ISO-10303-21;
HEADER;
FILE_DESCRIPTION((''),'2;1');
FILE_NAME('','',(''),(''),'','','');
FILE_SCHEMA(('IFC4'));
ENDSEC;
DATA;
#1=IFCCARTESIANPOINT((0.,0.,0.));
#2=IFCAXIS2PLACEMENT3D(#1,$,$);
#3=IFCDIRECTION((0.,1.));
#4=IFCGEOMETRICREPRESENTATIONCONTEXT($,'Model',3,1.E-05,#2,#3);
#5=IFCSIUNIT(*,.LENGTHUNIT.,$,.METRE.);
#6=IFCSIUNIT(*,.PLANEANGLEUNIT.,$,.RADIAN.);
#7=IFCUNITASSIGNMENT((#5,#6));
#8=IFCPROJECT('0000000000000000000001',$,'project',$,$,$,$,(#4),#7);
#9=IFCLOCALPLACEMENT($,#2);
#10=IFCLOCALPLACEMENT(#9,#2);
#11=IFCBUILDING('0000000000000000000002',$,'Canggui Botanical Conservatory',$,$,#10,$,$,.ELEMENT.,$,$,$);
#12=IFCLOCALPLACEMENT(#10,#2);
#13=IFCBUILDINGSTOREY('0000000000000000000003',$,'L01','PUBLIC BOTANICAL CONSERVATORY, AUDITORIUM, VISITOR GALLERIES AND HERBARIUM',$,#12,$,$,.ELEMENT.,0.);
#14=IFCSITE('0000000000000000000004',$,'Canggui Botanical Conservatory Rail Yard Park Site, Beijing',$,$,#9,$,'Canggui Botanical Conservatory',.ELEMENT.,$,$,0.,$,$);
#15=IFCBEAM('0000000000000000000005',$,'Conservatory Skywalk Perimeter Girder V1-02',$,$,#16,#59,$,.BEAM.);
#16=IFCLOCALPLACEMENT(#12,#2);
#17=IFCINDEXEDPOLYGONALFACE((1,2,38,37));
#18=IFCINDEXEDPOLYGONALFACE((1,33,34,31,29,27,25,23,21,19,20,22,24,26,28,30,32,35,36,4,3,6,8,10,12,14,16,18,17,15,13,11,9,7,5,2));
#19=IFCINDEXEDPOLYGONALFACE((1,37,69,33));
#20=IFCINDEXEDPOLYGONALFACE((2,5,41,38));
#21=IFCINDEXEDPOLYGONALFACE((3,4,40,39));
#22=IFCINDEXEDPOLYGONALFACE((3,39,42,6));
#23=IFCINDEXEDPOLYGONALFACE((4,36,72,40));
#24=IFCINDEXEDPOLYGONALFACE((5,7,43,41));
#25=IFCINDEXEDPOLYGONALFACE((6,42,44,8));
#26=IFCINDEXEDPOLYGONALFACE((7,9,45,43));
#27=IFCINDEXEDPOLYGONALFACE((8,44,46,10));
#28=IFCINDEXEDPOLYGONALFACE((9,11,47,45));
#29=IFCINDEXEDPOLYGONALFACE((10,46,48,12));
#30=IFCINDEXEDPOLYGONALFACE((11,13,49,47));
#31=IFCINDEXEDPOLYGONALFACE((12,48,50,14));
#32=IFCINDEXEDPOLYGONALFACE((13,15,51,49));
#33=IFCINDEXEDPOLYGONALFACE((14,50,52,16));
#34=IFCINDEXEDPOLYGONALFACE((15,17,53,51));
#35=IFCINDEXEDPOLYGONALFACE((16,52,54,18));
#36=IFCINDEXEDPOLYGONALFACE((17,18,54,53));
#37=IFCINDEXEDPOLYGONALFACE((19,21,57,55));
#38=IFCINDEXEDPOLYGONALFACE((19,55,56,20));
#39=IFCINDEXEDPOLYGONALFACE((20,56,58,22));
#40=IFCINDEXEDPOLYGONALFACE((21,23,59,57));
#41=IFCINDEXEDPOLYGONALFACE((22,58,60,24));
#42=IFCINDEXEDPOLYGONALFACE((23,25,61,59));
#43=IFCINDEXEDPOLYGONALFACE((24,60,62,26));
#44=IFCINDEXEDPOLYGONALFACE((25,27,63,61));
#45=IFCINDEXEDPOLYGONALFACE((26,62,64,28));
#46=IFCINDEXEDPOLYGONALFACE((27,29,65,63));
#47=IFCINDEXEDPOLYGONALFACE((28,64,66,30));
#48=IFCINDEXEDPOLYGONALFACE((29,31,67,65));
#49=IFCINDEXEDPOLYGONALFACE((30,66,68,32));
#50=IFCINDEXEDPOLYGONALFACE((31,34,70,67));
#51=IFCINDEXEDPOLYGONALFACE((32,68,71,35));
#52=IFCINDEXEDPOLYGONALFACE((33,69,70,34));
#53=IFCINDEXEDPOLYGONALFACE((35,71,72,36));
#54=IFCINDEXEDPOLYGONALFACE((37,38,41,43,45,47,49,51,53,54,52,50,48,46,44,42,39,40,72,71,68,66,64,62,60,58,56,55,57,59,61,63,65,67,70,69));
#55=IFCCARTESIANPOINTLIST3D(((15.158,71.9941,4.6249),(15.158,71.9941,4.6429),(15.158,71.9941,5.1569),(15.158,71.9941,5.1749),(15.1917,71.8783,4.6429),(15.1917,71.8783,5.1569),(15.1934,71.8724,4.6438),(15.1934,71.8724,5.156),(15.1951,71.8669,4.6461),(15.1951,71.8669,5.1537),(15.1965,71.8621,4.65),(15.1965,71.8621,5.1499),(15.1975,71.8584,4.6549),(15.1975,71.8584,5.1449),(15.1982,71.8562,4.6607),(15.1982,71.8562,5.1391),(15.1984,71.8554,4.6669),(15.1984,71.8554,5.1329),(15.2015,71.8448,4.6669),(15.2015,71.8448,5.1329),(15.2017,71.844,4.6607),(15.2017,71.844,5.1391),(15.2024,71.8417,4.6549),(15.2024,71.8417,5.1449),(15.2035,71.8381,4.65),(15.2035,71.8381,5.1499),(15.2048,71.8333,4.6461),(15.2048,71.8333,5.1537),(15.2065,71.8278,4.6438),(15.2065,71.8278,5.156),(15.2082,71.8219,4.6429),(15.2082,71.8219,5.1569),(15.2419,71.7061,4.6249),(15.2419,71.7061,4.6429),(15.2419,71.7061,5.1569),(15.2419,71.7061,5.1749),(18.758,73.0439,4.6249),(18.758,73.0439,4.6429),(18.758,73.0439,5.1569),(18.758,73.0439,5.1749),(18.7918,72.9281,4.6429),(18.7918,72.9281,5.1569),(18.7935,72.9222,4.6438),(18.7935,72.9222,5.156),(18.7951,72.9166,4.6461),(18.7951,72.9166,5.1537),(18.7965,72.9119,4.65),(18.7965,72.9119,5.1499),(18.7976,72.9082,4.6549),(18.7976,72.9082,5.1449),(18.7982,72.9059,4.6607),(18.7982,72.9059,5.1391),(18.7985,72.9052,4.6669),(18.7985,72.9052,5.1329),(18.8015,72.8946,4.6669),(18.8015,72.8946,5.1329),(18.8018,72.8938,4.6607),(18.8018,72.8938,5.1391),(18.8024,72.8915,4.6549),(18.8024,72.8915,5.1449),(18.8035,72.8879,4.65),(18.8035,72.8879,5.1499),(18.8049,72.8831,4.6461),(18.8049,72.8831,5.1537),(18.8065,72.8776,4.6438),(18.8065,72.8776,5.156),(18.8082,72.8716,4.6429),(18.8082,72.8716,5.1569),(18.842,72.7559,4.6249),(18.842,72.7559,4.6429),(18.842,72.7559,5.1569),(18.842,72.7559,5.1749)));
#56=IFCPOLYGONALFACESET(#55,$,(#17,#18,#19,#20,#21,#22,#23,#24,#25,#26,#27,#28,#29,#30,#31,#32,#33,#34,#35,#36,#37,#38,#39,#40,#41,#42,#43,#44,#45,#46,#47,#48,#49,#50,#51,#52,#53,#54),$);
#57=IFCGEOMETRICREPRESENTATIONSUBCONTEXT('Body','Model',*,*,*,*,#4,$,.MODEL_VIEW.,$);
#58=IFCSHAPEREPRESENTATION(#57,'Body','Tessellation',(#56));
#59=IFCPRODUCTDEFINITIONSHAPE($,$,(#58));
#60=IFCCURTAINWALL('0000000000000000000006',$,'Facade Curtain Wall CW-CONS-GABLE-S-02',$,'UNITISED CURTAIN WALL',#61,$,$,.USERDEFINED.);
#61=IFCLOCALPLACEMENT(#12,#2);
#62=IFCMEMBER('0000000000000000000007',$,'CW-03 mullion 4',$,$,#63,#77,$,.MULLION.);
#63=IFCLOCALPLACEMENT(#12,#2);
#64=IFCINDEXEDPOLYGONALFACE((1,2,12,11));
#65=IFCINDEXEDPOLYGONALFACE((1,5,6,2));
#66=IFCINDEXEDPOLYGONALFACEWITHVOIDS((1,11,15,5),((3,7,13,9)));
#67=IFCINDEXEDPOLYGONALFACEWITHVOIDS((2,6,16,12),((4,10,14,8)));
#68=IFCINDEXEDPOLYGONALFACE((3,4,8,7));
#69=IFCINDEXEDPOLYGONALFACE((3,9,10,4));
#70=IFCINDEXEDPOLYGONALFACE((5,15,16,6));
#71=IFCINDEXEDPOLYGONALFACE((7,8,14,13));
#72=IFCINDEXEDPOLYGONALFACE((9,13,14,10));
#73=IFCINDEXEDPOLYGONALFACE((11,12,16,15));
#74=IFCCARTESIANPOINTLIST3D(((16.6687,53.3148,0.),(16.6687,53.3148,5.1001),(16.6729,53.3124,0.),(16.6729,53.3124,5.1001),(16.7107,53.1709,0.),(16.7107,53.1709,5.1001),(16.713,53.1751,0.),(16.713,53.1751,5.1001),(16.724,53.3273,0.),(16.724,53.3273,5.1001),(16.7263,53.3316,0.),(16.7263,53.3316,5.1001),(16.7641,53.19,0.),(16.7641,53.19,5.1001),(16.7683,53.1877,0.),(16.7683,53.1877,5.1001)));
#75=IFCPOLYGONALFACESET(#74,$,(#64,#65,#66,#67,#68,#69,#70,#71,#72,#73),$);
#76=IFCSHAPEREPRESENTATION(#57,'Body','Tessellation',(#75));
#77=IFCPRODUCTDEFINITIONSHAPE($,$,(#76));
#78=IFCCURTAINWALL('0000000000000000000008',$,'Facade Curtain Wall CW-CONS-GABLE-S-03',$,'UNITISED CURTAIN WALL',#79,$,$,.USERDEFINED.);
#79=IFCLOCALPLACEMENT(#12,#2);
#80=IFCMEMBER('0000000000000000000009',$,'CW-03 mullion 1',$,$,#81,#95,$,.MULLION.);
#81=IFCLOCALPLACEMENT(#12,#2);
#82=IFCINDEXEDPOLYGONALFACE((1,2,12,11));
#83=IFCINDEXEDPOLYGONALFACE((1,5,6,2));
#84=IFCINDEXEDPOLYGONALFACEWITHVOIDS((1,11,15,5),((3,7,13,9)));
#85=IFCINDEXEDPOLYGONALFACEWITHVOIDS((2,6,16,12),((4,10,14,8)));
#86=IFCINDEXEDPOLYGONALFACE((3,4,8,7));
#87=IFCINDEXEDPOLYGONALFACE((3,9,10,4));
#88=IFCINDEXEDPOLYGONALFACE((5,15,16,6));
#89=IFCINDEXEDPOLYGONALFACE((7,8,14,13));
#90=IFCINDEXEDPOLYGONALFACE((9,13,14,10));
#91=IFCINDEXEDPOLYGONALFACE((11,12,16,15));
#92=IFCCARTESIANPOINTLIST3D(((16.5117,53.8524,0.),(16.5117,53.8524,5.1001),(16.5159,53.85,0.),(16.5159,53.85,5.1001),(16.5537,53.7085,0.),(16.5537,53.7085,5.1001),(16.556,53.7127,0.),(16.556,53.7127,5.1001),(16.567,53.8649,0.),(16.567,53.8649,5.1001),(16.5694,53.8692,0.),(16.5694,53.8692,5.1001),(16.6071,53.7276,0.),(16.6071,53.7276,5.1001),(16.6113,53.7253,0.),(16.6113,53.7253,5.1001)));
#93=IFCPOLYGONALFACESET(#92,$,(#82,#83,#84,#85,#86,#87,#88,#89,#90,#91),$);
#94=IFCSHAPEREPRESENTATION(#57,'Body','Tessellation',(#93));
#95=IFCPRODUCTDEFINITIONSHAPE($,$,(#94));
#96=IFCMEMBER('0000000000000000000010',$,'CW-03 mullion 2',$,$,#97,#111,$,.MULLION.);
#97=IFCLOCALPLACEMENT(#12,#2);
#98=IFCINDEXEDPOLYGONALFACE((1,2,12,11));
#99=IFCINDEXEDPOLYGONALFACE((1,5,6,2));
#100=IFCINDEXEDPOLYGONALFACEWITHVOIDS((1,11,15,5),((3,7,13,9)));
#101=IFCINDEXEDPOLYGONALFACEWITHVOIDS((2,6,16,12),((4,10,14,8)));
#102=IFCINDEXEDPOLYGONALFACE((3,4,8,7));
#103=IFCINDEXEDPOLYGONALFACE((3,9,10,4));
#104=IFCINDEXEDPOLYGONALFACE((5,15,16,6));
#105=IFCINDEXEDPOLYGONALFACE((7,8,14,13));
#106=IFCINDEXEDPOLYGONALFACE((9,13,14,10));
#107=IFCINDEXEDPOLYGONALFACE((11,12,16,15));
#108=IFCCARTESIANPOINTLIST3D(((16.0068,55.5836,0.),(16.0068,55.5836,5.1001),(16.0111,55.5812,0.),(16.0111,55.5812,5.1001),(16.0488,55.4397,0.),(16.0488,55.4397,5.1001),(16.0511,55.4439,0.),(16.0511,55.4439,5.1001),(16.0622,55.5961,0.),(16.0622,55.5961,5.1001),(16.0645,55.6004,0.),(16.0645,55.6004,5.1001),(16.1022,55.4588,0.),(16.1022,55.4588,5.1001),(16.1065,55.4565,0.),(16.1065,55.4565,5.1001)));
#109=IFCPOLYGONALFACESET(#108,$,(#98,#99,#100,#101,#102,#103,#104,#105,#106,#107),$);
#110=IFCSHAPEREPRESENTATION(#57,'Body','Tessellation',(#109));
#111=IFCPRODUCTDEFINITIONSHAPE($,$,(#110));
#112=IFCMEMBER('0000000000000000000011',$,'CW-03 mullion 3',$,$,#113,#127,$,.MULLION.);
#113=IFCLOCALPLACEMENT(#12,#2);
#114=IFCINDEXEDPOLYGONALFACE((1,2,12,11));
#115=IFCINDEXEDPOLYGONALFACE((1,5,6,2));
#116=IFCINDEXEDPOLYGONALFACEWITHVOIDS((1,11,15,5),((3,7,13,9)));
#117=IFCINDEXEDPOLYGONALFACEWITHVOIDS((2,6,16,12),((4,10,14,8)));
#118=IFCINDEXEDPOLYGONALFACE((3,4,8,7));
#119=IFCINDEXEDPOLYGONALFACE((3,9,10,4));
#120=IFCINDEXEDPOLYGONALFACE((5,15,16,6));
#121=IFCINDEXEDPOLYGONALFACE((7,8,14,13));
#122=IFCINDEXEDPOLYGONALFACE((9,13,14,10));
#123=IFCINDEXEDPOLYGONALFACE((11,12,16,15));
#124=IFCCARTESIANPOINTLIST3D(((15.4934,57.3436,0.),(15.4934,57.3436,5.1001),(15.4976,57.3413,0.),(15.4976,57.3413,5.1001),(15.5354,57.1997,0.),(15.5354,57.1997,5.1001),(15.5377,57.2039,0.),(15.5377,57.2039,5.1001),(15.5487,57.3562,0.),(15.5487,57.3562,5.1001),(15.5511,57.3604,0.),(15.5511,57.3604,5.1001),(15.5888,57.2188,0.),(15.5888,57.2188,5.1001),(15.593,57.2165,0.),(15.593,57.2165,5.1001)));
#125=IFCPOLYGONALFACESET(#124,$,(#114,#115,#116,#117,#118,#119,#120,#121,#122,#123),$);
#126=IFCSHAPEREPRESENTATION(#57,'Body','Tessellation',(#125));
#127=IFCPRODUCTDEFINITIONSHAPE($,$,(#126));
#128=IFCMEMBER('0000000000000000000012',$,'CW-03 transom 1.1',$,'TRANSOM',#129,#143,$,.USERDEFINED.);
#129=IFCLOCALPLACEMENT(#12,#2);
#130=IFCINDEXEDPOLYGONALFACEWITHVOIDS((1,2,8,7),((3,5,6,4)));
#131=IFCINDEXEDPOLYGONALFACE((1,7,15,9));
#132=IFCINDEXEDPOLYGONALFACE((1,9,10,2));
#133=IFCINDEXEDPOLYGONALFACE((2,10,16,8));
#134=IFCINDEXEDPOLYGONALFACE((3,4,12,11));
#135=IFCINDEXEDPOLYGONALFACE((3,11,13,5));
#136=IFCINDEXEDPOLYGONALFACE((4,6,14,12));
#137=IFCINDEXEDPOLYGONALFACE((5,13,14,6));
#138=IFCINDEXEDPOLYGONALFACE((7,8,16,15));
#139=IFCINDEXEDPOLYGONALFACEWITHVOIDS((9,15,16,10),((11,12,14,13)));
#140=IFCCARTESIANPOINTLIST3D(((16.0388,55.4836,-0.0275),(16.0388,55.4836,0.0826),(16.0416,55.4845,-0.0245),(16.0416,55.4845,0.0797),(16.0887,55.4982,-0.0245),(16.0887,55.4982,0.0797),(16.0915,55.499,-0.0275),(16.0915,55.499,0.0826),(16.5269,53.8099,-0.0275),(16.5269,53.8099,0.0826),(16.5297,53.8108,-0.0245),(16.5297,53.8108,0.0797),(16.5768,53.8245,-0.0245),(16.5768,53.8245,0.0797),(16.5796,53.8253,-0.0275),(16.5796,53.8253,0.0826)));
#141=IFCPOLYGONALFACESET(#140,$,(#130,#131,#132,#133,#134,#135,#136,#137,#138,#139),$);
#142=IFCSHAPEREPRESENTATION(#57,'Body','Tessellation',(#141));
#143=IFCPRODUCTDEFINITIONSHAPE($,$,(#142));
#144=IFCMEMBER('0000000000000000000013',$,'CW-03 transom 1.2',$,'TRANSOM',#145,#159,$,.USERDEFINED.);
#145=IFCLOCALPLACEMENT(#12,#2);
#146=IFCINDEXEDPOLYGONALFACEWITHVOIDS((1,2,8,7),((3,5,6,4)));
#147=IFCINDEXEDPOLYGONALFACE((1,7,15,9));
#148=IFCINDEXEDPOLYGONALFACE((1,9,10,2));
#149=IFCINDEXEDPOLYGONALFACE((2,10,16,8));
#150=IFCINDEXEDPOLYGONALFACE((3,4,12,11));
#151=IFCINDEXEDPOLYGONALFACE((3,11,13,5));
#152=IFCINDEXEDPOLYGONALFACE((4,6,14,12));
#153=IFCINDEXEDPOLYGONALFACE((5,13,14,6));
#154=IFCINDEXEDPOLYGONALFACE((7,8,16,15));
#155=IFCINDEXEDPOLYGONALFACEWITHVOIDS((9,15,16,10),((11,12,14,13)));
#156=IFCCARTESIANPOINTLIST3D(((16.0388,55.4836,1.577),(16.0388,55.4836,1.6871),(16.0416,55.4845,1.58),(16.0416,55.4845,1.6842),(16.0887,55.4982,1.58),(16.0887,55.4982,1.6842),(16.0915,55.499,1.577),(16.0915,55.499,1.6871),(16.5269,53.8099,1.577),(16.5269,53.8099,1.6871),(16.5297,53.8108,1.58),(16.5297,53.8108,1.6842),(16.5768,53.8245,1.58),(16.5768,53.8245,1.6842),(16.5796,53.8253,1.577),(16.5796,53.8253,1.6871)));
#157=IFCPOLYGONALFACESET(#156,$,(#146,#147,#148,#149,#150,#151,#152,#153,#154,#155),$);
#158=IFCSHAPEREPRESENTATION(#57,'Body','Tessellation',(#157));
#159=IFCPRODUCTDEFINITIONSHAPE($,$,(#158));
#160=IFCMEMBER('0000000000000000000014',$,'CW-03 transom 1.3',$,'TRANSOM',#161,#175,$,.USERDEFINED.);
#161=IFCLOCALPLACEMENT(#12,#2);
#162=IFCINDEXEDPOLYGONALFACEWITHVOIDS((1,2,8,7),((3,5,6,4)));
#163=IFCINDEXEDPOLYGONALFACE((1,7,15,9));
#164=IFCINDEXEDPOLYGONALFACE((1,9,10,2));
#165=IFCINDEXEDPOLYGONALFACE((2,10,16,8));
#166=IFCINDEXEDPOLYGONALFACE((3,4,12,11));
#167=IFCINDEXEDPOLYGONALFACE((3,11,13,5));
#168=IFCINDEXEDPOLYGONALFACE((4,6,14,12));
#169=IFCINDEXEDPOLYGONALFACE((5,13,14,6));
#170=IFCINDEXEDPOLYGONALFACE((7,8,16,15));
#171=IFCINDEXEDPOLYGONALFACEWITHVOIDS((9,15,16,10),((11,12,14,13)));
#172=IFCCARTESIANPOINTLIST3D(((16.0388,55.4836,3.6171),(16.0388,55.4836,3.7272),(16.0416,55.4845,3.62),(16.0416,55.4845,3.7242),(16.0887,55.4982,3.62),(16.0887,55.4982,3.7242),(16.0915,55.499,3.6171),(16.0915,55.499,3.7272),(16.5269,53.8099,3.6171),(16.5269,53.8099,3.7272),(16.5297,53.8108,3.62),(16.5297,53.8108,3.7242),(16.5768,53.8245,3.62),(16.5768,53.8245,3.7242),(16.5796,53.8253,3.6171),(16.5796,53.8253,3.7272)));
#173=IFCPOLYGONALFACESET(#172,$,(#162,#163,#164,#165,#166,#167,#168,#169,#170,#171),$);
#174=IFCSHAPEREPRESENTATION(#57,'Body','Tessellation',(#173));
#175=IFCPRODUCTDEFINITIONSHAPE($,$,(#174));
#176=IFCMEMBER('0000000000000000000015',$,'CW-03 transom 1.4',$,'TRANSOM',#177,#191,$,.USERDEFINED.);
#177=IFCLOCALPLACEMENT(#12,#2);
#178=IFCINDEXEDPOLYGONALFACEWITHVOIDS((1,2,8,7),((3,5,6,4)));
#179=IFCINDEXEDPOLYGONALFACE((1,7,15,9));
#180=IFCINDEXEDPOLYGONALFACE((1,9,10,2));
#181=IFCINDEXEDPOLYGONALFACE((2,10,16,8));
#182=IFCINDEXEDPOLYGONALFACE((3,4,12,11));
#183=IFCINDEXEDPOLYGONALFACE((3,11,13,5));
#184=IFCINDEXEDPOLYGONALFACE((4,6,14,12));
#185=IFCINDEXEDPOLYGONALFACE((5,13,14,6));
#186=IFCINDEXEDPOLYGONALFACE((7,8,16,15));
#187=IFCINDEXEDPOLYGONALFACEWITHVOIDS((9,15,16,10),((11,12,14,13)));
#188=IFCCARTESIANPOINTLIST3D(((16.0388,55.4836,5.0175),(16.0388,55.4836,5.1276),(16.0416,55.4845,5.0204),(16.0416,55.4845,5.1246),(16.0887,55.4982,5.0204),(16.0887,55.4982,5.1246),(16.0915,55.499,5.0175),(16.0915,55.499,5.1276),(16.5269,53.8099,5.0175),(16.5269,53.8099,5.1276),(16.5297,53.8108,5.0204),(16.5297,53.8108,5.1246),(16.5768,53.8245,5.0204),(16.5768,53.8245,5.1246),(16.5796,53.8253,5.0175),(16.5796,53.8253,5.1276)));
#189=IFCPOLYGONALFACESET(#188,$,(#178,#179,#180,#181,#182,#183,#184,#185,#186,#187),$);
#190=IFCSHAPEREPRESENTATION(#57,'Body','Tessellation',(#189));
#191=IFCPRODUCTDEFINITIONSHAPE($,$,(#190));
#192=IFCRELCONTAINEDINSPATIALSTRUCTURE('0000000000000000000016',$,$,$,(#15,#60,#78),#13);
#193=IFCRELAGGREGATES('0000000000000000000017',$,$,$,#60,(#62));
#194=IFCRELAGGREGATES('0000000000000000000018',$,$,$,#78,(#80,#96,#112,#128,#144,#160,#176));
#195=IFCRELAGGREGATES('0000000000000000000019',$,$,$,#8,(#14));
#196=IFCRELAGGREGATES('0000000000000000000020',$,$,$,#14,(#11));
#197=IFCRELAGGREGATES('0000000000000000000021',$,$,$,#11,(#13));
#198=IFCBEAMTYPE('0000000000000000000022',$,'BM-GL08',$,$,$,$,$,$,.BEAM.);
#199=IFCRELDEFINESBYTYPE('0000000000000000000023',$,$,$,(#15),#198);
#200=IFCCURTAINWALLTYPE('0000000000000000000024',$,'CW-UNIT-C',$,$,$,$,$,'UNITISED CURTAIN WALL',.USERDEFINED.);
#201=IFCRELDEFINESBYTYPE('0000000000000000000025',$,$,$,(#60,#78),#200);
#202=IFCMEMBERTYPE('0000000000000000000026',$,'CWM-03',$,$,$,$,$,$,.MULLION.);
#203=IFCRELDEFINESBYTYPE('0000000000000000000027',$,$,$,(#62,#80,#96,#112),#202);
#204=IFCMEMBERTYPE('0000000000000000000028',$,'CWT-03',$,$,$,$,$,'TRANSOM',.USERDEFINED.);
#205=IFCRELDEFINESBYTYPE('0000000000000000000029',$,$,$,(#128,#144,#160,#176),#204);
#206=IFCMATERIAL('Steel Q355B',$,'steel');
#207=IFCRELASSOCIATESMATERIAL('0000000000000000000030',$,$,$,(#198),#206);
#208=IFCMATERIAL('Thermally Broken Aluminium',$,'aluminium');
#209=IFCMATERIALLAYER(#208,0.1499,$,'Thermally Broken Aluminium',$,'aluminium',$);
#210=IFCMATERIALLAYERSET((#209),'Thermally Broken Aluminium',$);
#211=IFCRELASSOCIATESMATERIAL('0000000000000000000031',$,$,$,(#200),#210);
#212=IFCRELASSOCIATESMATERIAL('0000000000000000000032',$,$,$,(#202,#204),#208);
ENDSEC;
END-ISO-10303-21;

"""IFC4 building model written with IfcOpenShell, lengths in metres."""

from ifc_helpers import new_model, si_unit, direction, frame, origin, origin_2d, place, context, subcontext, project, spatial, hollow_rectangle, i_section, extrude, material, layer, layer_set, material_profile, profile_set, type_object, element, aggregate, save


model = new_model("IFC4")

# Units and contexts
model_context = context("Model", 3, precision=1e-05, world=origin(), true_north=direction((0.0, 1.0)))
body_context = subcontext(model_context, "Body", "Model", "MODEL_VIEW")
ifc_project = project(units=[si_unit("LENGTHUNIT", "METRE"), si_unit("PLANEANGLEUNIT", "RADIAN")], contexts=[model_context])

# Site, building, storey
site_placement = place(None, origin())
site = spatial("IfcSite", under=ifc_project, at=site_placement, Name="Canggui Botanical Conservatory Rail Yard Park Site, Beijing", LongName="Canggui Botanical Conservatory", CompositionType="ELEMENT", RefElevation=0.0)
building_placement = place(site_placement, origin())
building = spatial("IfcBuilding", under=site, at=building_placement, Name="Canggui Botanical Conservatory", CompositionType="ELEMENT")
storey_placement = place(building_placement, origin())
storey = spatial("IfcBuildingStorey", under=building, at=storey_placement, Name="L01", Description="PUBLIC BOTANICAL CONSERVATORY, AUDITORIUM, VISITOR GALLERIES AND HERBARIUM", CompositionType="ELEMENT", Elevation=0.0)

# Beam
ifc_material_1 = material(Name="Steel Q355B", Category="steel")
ifc_material_profile_1 = material_profile(ifc_material_1, i_section(OverallWidth=0.3, OverallDepth=0.55, WebThickness=0.011, FlangeThickness=0.0181, FilletRadius=0.0239, at=origin_2d()), Name="HM 550x300x11x18")
ifc_profile_set_1 = profile_set([ifc_material_profile_1], Name="Steel Q355B")
beam_type = type_object("IfcBeamType", Name="BM-GL08", PredefinedType="BEAM", material=ifc_profile_set_1)
beam_placement = place(storey_placement, frame((15.2, 71.8501, 4.8999), z_axis=(0.960016, 0.279945, 0.0), x_axis=(-0.279945, 0.960016, 0.0)))
element("IfcBeam", 1, at=beam_placement, inside=storey, type_object=beam_type, Name="Conservatory Skywalk Perimeter Girder V1-02", PredefinedType="BEAM", context=body_context, shape_type="SweptSolid", body=[
    extrude(i_section(OverallWidth=0.3, OverallDepth=0.55, WebThickness=0.011, FlangeThickness=0.0181, FilletRadius=0.0239, at=origin_2d()), origin(), (0.0, 0.0, 1.0), 3.75),
])

# Curtain wall, member
ifc_material_2 = material(Name="Thermally Broken Aluminium", Category="aluminium")
ifc_layer_1 = layer(ifc_material_2, 0.1499, Name="Thermally Broken Aluminium", Category="aluminium")
ifc_layer_set_1 = layer_set([ifc_layer_1], Name="Thermally Broken Aluminium")
curtain_wall_type = type_object("IfcCurtainWallType", Name="CW-UNIT-C", ElementType="UNITISED CURTAIN WALL", PredefinedType="USERDEFINED", material=ifc_layer_set_1)
curtain_wall_1_placement = place(storey_placement, origin())
curtain_wall_1 = element("IfcCurtainWall", 2, at=curtain_wall_1_placement, inside=storey, type_object=curtain_wall_type, Name="Facade Curtain Wall CW-CONS-GABLE-S-02", ObjectType="UNITISED CURTAIN WALL", PredefinedType="USERDEFINED")
ifc_material_profile_2 = material_profile(ifc_material_2, hollow_rectangle(XDim=0.0601, YDim=0.1499, WallThickness=0.0034, at=origin_2d()), Name="CWM 60x150x3.5")
ifc_profile_set_2 = profile_set([ifc_material_profile_2], Name="Thermally Broken Aluminium")
member_type_1 = type_object("IfcMemberType", Name="CWM-03", PredefinedType="MULLION", material=ifc_profile_set_2)
member_1_placement = place(storey_placement, frame((16.7185, 53.2512, 0.0), z_axis=(0.0, 0.0, 1.0), x_axis=(-0.96, -0.28, 0.0)))
member_1 = element("IfcMember", 3, at=member_1_placement, type_object=member_type_1, Name="CW-03 mullion 4", PredefinedType="MULLION", context=body_context, shape_type="SweptSolid", body=[
    extrude(hollow_rectangle(XDim=0.0601, YDim=0.1499, WallThickness=0.0034, at=origin_2d()), origin(), (0.0, 0.0, 1.0), 5.1001),
])
aggregate(curtain_wall_1, [member_1])

# Curtain wall, members
curtain_wall_2_placement = place(storey_placement, origin())
curtain_wall_2 = element("IfcCurtainWall", 4, at=curtain_wall_2_placement, inside=storey, type_object=curtain_wall_type, Name="Facade Curtain Wall CW-CONS-GABLE-S-03", ObjectType="UNITISED CURTAIN WALL", PredefinedType="USERDEFINED")
member_2_placement = place(storey_placement, frame((16.5615, 53.7888, 0.0), z_axis=(0.0, 0.0, 1.0), x_axis=(-0.96, -0.28, 0.0)))
member_2 = element("IfcMember", 5, at=member_2_placement, type_object=member_type_1, Name="CW-03 mullion 1", PredefinedType="MULLION", context=body_context, shape_type="SweptSolid", body=[
    extrude(hollow_rectangle(XDim=0.0601, YDim=0.1499, WallThickness=0.0034, at=origin_2d()), origin(), (0.0, 0.0, 1.0), 5.1001),
])
member_3_placement = place(storey_placement, frame((16.0566, 55.52, 0.0), z_axis=(0.0, 0.0, 1.0), x_axis=(-0.96, -0.28, 0.0)))
member_3 = element("IfcMember", 6, at=member_3_placement, type_object=member_type_1, Name="CW-03 mullion 2", PredefinedType="MULLION", context=body_context, shape_type="SweptSolid", body=[
    extrude(hollow_rectangle(XDim=0.0601, YDim=0.1499, WallThickness=0.0034, at=origin_2d()), origin(), (0.0, 0.0, 1.0), 5.1001),
])
member_4_placement = place(storey_placement, frame((15.5432, 57.28, 0.0), z_axis=(0.0, 0.0, 1.0), x_axis=(-0.96, -0.28, 0.0)))
member_4 = element("IfcMember", 7, at=member_4_placement, type_object=member_type_1, Name="CW-03 mullion 3", PredefinedType="MULLION", context=body_context, shape_type="SweptSolid", body=[
    extrude(hollow_rectangle(XDim=0.0601, YDim=0.1499, WallThickness=0.0034, at=origin_2d()), origin(), (0.0, 0.0, 1.0), 5.1001),
])
ifc_material_profile_3 = material_profile(ifc_material_2, hollow_rectangle(XDim=0.0549, YDim=0.1101, WallThickness=0.0029, at=origin_2d()), Name="CWT 55x110x3")
ifc_profile_set_3 = profile_set([ifc_material_profile_3], Name="Thermally Broken Aluminium")
member_type_2 = type_object("IfcMemberType", Name="CWT-03", ElementType="TRANSOM", PredefinedType="USERDEFINED", material=ifc_profile_set_3)
member_5_placement = place(storey_placement, frame((16.5532, 53.8176, 0.0276), z_axis=(-0.279952, 0.960014, 0.0), x_axis=(-0.960014, -0.279952, 0.0)))
member_5 = element("IfcMember", 8, at=member_5_placement, type_object=member_type_2, Name="CW-03 transom 1.1", ObjectType="TRANSOM", PredefinedType="USERDEFINED", context=body_context, shape_type="SweptSolid", body=[
    extrude(hollow_rectangle(XDim=0.0549, YDim=0.1101, WallThickness=0.0029, at=origin_2d()), origin(), (0.0, 0.0, 1.0), 1.7434),
])
member_6_placement = place(storey_placement, frame((16.5532, 53.8176, 1.6321), z_axis=(-0.279952, 0.960014, 0.0), x_axis=(-0.960014, -0.279952, 0.0)))
member_6 = element("IfcMember", 9, at=member_6_placement, type_object=member_type_2, Name="CW-03 transom 1.2", ObjectType="TRANSOM", PredefinedType="USERDEFINED", context=body_context, shape_type="SweptSolid", body=[
    extrude(hollow_rectangle(XDim=0.0549, YDim=0.1101, WallThickness=0.0029, at=origin_2d()), origin(), (0.0, 0.0, 1.0), 1.7434),
])
member_7_placement = place(storey_placement, frame((16.5532, 53.8176, 3.6721), z_axis=(-0.279952, 0.960014, 0.0), x_axis=(-0.960014, -0.279952, 0.0)))
member_7 = element("IfcMember", 10, at=member_7_placement, type_object=member_type_2, Name="CW-03 transom 1.3", ObjectType="TRANSOM", PredefinedType="USERDEFINED", context=body_context, shape_type="SweptSolid", body=[
    extrude(hollow_rectangle(XDim=0.0549, YDim=0.1101, WallThickness=0.0029, at=origin_2d()), origin(), (0.0, 0.0, 1.0), 1.7434),
])
member_8_placement = place(storey_placement, frame((16.5532, 53.8176, 5.0725), z_axis=(-0.279952, 0.960014, 0.0), x_axis=(-0.960014, -0.279952, 0.0)))
member_8 = element("IfcMember", 11, at=member_8_placement, type_object=member_type_2, Name="CW-03 transom 1.4", ObjectType="TRANSOM", PredefinedType="USERDEFINED", context=body_context, shape_type="SweptSolid", body=[
    extrude(hollow_rectangle(XDim=0.0549, YDim=0.1101, WallThickness=0.0029, at=origin_2d()), origin(), (0.0, 0.0, 1.0), 1.7434),
])
aggregate(curtain_wall_2, [member_2, member_3, member_4, member_5, member_6, member_7, member_8])

save(model, "model.ifc")
